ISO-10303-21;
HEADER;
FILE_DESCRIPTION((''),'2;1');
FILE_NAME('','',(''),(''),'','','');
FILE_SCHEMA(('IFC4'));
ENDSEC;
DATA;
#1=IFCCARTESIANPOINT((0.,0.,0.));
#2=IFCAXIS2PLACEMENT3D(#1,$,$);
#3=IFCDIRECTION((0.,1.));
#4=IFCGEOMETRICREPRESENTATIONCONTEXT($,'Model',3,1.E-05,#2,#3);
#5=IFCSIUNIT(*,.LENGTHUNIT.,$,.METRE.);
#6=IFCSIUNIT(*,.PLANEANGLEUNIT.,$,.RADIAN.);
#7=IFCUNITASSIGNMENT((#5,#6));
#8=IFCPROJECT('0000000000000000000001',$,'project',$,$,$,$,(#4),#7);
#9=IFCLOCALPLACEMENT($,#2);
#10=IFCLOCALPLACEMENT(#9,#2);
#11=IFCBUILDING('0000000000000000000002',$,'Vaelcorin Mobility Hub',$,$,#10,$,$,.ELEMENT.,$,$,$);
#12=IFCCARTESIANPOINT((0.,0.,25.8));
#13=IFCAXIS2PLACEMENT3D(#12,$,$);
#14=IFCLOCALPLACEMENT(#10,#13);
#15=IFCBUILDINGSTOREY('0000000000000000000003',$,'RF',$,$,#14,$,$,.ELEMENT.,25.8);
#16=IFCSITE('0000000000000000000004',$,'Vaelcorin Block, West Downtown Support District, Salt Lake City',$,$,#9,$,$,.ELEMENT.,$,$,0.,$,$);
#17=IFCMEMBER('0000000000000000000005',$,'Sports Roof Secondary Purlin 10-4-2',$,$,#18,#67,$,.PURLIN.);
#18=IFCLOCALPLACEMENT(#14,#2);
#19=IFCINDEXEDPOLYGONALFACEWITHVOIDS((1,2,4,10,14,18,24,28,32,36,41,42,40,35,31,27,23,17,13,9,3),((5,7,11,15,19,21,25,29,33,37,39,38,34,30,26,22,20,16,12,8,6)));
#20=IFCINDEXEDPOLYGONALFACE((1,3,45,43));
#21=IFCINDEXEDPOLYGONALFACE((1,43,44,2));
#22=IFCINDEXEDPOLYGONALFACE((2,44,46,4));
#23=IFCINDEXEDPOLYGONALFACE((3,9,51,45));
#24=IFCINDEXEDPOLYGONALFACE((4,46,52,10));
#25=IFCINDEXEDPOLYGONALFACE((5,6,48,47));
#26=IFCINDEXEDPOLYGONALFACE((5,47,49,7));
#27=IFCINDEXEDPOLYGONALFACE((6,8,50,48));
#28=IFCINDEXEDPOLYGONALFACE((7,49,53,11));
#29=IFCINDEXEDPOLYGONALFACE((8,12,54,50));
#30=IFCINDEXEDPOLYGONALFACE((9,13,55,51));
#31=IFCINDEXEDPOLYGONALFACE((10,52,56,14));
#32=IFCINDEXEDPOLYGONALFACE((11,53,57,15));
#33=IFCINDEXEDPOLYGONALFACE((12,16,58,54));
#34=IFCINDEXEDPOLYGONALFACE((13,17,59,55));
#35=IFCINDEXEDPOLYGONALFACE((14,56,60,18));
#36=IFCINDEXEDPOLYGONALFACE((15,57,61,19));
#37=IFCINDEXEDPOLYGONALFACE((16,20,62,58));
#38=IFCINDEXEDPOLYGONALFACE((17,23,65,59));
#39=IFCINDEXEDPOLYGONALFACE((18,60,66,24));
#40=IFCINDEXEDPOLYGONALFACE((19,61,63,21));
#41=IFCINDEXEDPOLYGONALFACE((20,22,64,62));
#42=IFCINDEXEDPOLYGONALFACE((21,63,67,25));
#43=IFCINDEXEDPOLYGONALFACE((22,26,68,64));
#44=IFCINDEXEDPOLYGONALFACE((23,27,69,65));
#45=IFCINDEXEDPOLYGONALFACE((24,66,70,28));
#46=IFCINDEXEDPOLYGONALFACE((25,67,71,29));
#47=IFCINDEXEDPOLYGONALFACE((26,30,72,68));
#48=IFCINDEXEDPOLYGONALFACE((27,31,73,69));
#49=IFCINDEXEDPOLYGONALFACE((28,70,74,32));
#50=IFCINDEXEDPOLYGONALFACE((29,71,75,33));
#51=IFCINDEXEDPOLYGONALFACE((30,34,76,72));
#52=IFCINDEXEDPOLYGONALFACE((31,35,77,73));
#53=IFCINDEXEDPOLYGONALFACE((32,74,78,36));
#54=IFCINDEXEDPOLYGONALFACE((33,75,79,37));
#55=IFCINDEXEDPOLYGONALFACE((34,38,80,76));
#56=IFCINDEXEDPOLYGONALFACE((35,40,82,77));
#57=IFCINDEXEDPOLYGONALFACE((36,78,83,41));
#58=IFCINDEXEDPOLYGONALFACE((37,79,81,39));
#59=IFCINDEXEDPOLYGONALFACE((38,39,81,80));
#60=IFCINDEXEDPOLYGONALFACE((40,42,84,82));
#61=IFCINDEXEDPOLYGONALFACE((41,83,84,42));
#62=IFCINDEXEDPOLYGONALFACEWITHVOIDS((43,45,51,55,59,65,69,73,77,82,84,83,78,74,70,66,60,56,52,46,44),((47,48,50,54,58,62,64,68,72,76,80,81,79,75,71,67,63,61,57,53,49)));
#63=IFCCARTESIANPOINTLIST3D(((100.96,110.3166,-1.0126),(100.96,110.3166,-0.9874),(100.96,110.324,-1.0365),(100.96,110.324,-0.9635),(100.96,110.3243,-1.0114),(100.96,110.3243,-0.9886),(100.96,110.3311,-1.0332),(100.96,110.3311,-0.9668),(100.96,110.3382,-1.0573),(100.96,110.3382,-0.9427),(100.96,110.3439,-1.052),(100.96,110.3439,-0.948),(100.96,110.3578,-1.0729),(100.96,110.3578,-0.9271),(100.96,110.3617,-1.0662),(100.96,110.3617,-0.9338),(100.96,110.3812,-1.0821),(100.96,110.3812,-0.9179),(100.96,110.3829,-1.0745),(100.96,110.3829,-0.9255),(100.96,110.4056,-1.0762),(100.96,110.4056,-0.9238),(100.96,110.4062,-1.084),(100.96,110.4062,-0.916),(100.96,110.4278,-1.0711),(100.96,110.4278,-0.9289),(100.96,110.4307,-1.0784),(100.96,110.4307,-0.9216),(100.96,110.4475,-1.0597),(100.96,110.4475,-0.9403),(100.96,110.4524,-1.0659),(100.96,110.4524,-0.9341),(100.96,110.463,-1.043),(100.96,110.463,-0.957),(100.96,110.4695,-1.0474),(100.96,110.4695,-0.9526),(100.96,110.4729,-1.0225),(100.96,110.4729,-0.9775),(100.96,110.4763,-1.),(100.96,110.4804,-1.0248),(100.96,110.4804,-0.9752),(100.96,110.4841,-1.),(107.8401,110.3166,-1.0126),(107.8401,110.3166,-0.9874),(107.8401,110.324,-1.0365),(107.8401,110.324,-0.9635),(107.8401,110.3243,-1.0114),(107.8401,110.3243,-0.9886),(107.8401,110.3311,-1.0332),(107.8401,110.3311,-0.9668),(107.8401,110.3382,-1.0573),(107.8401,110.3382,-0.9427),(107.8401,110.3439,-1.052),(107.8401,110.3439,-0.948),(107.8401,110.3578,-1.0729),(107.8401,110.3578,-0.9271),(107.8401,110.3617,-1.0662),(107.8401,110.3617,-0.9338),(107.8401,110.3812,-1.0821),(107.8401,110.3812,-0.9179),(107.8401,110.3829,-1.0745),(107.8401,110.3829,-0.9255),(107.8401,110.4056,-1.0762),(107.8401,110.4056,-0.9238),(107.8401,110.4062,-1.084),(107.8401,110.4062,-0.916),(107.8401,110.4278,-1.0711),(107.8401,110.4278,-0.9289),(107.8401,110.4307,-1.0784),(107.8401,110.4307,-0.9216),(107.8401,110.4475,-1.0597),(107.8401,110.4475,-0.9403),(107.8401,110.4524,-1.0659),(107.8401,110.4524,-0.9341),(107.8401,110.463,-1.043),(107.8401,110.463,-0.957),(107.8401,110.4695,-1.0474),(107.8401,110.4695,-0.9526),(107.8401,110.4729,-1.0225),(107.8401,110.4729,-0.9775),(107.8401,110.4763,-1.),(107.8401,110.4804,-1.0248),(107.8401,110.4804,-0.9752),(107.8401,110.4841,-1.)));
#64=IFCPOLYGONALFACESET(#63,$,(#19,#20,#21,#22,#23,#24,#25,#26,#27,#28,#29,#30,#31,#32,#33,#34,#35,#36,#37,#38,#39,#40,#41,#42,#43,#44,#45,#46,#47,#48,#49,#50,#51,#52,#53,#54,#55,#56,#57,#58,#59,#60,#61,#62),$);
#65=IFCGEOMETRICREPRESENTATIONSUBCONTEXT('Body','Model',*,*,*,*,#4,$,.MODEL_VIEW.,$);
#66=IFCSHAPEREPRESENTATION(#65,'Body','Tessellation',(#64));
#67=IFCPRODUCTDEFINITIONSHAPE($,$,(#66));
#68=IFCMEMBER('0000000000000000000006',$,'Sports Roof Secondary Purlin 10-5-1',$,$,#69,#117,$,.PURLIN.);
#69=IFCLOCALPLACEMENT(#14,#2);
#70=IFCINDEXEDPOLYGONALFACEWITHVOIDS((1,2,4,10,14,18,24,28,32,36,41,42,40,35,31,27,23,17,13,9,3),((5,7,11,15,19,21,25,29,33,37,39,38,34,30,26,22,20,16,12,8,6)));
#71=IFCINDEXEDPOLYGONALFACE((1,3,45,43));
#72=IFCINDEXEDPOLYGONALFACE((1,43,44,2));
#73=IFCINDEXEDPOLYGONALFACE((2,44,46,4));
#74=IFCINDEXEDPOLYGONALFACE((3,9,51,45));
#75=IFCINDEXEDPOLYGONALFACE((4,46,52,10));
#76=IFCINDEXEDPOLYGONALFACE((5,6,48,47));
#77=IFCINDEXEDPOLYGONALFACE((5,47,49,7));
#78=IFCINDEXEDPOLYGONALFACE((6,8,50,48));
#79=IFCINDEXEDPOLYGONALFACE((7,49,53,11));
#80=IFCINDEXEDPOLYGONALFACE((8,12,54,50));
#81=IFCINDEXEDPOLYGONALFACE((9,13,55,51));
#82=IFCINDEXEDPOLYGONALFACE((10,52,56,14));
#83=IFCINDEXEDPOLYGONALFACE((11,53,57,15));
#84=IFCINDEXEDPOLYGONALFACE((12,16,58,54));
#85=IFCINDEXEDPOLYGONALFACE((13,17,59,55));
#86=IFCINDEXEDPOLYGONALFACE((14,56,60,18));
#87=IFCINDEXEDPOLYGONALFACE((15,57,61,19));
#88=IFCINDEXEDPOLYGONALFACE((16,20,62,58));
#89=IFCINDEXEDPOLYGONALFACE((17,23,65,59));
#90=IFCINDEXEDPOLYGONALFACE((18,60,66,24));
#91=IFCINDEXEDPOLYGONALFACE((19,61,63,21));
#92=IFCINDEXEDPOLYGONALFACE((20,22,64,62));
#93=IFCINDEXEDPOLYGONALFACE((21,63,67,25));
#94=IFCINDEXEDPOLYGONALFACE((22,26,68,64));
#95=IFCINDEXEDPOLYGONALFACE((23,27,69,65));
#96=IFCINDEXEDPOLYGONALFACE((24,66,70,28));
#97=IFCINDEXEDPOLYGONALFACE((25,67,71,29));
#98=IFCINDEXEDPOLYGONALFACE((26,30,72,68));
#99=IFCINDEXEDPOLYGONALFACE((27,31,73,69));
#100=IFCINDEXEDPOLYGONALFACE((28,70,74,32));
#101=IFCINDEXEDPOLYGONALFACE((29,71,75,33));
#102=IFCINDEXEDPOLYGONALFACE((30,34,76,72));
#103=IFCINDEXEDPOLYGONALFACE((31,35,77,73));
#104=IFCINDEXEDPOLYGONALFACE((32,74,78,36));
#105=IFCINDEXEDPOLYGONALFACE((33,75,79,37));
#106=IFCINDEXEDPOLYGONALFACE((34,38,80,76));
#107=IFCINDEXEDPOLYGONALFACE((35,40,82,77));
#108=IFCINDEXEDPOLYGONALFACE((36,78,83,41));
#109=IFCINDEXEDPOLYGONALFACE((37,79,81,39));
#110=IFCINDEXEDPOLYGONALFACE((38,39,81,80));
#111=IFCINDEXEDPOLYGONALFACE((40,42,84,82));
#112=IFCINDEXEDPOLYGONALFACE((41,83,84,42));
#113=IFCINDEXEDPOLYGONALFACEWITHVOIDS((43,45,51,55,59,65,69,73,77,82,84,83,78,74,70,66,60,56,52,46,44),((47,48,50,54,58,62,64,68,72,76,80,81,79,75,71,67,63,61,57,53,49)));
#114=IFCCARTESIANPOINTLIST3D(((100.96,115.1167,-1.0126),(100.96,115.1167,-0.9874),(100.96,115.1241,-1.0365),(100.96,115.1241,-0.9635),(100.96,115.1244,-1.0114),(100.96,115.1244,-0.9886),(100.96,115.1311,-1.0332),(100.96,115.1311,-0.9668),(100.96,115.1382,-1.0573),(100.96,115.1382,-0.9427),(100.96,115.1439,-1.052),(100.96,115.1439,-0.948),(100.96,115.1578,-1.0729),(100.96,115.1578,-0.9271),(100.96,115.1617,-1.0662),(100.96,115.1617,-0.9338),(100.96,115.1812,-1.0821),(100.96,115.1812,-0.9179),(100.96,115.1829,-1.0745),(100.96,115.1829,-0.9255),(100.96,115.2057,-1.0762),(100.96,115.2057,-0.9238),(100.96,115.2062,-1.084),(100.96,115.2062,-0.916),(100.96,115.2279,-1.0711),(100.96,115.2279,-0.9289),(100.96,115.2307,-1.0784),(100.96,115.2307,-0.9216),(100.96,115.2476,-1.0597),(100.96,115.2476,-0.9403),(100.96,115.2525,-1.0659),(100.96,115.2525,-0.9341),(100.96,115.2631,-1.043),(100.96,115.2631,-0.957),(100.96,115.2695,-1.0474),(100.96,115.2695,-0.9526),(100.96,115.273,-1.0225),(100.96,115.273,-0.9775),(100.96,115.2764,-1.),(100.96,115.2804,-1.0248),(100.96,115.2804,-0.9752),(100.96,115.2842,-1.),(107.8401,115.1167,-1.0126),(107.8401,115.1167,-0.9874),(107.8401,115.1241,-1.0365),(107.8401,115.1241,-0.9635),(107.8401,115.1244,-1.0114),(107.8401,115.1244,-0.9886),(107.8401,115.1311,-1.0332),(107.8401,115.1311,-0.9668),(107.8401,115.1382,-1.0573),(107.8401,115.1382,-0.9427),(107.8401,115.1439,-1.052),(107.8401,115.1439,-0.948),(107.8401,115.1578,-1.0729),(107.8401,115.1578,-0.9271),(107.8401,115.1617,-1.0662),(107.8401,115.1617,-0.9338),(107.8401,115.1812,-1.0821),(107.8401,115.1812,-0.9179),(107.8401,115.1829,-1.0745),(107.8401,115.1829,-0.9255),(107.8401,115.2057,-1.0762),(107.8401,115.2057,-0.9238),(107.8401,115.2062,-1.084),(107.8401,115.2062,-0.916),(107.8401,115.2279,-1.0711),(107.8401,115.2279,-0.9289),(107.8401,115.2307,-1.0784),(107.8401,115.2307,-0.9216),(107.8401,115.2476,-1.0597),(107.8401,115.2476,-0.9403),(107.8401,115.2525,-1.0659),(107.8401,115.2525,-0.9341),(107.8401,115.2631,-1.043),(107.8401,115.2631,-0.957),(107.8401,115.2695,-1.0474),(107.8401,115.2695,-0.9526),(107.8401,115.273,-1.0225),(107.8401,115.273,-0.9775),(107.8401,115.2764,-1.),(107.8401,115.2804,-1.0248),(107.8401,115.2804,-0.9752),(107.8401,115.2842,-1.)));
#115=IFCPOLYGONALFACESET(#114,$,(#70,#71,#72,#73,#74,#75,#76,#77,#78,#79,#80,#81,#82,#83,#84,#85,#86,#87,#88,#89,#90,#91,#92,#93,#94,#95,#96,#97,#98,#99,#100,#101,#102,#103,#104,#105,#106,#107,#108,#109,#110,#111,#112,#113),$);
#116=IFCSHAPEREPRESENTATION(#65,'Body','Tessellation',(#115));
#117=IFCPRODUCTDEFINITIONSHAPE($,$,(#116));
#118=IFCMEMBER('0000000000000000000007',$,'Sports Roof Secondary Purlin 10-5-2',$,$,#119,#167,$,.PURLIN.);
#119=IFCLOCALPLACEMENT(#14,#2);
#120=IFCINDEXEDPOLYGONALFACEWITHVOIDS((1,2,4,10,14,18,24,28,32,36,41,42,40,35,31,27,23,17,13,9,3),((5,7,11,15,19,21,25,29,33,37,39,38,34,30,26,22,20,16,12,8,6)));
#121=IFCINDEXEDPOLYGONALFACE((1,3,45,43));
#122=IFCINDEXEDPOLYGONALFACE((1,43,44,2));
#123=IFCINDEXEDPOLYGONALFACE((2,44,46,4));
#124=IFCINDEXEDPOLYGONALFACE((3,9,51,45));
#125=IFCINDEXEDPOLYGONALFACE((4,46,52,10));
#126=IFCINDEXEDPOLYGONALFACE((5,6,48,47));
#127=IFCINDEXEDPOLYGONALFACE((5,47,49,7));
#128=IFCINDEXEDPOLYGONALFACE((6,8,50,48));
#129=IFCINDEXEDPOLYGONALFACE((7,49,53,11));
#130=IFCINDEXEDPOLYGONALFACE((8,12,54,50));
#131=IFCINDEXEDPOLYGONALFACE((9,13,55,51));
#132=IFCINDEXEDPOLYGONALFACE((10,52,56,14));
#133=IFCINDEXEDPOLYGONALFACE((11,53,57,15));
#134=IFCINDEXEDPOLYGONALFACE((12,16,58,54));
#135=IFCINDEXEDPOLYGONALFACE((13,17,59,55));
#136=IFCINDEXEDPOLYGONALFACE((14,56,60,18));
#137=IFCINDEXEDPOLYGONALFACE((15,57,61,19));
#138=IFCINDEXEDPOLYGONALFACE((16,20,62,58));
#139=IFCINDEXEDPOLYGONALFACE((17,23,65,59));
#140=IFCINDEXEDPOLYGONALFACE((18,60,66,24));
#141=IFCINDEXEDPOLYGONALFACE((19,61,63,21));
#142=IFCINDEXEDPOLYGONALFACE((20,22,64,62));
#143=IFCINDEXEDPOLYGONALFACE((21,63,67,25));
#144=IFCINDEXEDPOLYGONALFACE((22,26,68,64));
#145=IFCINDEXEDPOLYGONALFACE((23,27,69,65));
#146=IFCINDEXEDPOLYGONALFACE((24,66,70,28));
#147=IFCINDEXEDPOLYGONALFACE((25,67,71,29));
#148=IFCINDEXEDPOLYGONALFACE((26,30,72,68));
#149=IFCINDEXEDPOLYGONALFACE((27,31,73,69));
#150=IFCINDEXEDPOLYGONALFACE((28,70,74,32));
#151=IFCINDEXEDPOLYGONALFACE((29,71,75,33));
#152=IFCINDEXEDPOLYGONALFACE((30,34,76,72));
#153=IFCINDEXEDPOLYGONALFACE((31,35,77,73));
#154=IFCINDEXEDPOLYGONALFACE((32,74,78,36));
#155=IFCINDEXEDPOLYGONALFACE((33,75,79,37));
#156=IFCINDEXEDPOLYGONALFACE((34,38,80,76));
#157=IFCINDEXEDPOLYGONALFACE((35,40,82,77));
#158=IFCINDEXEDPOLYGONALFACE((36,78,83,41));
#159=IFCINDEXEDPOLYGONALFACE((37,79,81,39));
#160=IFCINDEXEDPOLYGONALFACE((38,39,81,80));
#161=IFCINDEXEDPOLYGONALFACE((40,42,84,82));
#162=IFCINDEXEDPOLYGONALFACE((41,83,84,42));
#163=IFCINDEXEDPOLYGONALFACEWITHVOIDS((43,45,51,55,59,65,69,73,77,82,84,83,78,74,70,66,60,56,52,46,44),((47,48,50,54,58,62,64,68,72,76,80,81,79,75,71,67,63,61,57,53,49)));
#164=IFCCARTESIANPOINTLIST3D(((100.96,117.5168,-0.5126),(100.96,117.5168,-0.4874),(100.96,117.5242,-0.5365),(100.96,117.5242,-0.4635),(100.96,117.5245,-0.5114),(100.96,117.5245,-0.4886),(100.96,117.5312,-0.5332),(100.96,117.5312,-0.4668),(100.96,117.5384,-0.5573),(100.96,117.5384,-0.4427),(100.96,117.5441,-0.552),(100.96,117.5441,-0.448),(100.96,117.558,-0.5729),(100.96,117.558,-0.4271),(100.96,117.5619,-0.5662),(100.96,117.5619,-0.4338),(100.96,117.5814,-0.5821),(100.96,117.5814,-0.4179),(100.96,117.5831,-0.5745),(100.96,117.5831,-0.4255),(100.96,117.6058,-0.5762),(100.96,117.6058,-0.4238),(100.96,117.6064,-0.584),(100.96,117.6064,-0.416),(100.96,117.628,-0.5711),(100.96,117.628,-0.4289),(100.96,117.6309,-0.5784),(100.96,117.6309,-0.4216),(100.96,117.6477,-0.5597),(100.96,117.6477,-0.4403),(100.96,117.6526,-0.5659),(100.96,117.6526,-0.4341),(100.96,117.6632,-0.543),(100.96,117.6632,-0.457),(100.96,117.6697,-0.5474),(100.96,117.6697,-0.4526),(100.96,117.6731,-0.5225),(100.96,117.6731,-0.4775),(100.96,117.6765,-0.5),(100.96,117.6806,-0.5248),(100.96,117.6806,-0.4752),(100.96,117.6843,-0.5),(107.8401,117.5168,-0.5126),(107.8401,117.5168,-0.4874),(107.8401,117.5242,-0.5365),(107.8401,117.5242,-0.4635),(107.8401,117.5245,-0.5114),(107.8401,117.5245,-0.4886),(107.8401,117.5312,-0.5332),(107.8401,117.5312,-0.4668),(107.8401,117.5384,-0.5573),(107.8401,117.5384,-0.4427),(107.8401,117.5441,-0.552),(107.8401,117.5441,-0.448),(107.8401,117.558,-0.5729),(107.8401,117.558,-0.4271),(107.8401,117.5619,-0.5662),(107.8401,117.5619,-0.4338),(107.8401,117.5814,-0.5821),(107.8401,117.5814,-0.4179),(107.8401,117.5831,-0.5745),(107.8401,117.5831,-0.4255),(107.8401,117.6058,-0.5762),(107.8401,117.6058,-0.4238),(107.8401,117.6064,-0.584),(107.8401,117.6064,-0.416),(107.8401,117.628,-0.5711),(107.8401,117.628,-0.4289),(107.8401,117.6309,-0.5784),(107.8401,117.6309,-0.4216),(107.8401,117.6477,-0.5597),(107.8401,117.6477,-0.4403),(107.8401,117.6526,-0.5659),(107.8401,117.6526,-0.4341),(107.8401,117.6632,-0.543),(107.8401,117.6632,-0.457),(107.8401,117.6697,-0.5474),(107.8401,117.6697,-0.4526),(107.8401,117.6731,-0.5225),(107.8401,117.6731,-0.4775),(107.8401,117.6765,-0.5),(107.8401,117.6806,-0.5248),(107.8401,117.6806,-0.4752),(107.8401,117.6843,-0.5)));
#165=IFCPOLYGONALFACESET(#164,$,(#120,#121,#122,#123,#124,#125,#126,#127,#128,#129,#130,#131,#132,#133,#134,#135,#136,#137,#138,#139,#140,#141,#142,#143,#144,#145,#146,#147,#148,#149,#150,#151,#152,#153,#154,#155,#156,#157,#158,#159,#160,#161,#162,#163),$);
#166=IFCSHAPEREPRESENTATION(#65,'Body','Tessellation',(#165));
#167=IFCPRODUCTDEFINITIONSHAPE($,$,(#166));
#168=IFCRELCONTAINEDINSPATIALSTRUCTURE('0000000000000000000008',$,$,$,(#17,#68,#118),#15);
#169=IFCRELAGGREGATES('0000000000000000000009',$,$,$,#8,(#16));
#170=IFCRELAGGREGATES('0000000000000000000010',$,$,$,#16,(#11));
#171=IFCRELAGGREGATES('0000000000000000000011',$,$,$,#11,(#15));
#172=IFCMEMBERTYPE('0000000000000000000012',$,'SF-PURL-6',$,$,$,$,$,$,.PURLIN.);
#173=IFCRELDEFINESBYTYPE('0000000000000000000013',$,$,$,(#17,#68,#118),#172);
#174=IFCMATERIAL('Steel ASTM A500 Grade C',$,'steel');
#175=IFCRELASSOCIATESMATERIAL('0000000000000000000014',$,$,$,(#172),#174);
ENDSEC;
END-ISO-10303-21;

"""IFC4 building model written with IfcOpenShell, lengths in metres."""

from ifc_helpers import new_model, si_unit, direction, frame, origin, origin_2d, place, context, subcontext, project, spatial, hollow_circle, extrude, material, material_profile, profile_set, type_object, element, save


model = new_model("IFC4")

# Units and contexts
model_context = context("Model", 3, precision=1e-05, world=origin(), true_north=direction((0.0, 1.0)))
body_context = subcontext(model_context, "Body", "Model", "MODEL_VIEW")
ifc_project = project(units=[si_unit("LENGTHUNIT", "METRE"), si_unit("PLANEANGLEUNIT", "RADIAN")], contexts=[model_context])

# Site, building, storey
site_placement = place(None, origin())
site = spatial("IfcSite", under=ifc_project, at=site_placement, Name="Vaelcorin Block, West Downtown Support District, Salt Lake City", CompositionType="ELEMENT", RefElevation=0.0)
building_placement = place(site_placement, origin())
building = spatial("IfcBuilding", under=site, at=building_placement, Name="Vaelcorin Mobility Hub", CompositionType="ELEMENT")
storey_placement = place(building_placement, frame((0.0, 0.0, 25.8)))
storey = spatial("IfcBuildingStorey", under=building, at=storey_placement, Name="RF", CompositionType="ELEMENT", Elevation=25.8)

# Members
ifc_material_1 = material(Name="Steel ASTM A500 Grade C", Category="steel")
ifc_material_profile_1 = material_profile(ifc_material_1, hollow_circle(Radius=0.0842, WallThickness=0.0078, at=origin_2d()), Name="HSS6.625X0.312")
ifc_profile_set_1 = profile_set([ifc_material_profile_1], Name="Steel ASTM A500 Grade C")
member_type_1 = type_object("IfcMemberType", Name="SF-PURL-6", PredefinedType="PURLIN", material=ifc_profile_set_1)
for number, where, z_axis, x_axis, name in (
    (1, (100.96, 110.3999, -1.0), (1.0, 0.0, 0.0), (0.0, 1.0, 0.0), "Sports Roof Secondary Purlin 10-4-2"),
    (2, (100.96, 115.2, -1.0), (1.0, 0.0, 0.0), (0.0, 1.0, 0.0), "Sports Roof Secondary Purlin 10-5-1"),
    (3, (100.96, 117.6001, -0.5), (1.0, 0.0, 0.0), (0.0, 1.0, 0.0), "Sports Roof Secondary Purlin 10-5-2"),
):
    element("IfcMember", number, at=place(storey_placement, frame(where, z_axis=z_axis, x_axis=x_axis)), inside=storey, type_object=member_type_1, Name=name, PredefinedType="PURLIN", context=body_context, shape_type="SweptSolid", body=[
        extrude(hollow_circle(Radius=0.0842, WallThickness=0.0078, at=origin_2d()), origin(), (0.0, 0.0, 1.0), 6.8801),
    ])

save(model, "model.ifc")
